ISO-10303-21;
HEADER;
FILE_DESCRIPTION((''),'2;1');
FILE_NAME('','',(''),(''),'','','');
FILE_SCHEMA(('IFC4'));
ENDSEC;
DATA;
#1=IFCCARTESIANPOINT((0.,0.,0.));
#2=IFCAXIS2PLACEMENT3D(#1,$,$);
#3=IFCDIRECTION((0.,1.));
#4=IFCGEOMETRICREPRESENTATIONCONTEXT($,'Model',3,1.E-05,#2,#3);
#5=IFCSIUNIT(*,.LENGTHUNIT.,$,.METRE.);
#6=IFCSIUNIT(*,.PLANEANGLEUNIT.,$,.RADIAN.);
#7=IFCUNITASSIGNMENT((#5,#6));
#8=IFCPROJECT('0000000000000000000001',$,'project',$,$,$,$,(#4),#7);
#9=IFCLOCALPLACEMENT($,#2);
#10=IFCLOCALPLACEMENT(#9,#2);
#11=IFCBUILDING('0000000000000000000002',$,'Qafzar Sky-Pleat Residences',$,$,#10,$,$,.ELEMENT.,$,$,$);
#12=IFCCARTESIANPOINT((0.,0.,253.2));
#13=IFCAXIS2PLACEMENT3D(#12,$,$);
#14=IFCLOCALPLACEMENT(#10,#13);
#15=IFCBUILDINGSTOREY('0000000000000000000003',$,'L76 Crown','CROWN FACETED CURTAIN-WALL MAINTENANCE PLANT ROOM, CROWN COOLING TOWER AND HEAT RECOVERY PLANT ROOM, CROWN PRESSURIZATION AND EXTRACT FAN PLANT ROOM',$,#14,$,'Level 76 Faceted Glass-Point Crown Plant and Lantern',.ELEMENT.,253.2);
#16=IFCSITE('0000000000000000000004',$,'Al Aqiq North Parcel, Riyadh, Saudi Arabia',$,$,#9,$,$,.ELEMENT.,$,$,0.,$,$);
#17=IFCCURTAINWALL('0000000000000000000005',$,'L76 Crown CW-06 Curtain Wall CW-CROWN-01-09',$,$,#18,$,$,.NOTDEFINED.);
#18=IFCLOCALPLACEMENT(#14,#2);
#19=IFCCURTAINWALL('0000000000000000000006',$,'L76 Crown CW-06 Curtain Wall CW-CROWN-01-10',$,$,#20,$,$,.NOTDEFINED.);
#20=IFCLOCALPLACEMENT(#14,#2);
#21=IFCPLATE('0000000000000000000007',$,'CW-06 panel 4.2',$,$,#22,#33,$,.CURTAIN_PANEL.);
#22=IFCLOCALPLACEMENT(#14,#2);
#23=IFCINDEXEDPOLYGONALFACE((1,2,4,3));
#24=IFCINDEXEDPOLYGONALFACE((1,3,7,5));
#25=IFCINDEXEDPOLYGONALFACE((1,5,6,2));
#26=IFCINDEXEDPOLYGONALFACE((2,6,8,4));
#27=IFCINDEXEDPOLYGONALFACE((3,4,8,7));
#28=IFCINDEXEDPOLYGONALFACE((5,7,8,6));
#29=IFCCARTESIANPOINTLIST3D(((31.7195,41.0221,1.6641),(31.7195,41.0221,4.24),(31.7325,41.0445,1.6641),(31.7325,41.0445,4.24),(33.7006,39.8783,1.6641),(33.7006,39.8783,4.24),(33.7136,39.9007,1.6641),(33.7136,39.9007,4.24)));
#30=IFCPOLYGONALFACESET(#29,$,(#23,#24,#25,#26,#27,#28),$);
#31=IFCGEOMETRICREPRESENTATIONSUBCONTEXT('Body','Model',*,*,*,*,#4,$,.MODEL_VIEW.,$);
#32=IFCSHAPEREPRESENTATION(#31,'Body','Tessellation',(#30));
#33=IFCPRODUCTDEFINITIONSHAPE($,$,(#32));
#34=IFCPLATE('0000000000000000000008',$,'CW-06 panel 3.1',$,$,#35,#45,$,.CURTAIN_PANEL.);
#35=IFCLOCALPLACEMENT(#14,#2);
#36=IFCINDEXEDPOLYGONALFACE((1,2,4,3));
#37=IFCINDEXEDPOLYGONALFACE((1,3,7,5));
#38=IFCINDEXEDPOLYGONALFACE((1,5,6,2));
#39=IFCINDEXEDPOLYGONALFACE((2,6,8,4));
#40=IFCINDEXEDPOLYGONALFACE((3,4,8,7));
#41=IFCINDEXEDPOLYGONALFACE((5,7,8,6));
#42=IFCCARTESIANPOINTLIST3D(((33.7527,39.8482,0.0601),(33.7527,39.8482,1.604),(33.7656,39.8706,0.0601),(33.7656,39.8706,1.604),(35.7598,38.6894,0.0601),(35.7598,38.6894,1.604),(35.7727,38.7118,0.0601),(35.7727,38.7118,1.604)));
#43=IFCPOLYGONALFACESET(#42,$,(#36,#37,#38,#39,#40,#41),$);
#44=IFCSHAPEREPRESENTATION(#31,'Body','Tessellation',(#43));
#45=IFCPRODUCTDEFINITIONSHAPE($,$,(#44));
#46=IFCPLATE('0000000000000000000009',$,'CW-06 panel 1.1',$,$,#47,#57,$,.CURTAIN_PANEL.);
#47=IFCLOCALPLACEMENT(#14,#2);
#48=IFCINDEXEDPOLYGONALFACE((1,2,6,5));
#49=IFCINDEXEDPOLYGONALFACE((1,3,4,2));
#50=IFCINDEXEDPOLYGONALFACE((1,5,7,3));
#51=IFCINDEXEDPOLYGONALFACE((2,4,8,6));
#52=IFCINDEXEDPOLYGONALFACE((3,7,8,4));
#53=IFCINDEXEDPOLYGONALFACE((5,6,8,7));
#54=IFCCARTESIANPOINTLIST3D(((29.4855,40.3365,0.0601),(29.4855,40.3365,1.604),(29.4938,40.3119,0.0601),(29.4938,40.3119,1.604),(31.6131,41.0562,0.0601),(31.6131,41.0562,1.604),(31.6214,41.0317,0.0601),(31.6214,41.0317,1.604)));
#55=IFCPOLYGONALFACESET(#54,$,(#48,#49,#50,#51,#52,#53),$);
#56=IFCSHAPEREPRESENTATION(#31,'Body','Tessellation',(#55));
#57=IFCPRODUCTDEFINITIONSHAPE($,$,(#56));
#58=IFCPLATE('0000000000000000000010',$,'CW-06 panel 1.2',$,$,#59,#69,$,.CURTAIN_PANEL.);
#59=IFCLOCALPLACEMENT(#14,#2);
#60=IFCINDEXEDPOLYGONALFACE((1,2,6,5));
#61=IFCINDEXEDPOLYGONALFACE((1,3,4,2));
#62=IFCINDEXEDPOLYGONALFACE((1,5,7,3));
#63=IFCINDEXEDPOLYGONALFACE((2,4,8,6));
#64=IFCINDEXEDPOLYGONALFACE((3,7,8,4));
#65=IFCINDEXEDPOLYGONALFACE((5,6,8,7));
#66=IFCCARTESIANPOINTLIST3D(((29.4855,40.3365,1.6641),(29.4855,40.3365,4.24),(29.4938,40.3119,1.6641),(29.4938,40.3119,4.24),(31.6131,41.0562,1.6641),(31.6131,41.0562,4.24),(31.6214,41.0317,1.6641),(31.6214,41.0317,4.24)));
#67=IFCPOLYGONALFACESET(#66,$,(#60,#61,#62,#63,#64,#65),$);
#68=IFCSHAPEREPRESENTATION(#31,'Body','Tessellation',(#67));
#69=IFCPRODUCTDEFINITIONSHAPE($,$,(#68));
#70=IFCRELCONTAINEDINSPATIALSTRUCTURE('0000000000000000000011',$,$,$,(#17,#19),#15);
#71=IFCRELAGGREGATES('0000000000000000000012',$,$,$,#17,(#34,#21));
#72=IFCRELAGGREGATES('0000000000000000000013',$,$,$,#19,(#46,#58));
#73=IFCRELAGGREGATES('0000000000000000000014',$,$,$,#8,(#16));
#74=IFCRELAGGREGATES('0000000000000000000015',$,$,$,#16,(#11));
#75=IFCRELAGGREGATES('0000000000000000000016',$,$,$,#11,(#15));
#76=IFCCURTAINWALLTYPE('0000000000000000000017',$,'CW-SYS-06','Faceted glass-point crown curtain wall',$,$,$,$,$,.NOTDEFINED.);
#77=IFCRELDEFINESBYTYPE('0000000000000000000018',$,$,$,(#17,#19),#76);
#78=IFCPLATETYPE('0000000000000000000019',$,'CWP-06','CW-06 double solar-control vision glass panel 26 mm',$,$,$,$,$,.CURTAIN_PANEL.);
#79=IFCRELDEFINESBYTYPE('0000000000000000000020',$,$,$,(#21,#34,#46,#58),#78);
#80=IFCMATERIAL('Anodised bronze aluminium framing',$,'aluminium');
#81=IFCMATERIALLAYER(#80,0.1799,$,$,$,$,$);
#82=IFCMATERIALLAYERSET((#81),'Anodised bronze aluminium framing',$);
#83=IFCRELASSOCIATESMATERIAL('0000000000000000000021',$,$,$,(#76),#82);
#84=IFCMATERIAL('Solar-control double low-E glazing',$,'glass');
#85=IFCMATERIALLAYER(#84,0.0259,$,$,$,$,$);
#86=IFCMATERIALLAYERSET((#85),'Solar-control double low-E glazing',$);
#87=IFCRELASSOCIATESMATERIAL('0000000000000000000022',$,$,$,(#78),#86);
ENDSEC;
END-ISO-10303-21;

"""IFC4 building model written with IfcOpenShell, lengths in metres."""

from ifc_helpers import new_model, si_unit, direction, frame, origin, origin_2d, place, context, subcontext, project, spatial, rectangle, extrude, source, transform, mapped, material, layer, layer_set, type_object, element, aggregate, save


model = new_model("IFC4")

# Units and contexts
model_context = context("Model", 3, precision=1e-05, world=origin(), true_north=direction((0.0, 1.0)))
body_context = subcontext(model_context, "Body", "Model", "MODEL_VIEW")
ifc_project = project(units=[si_unit("LENGTHUNIT", "METRE"), si_unit("PLANEANGLEUNIT", "RADIAN")], contexts=[model_context])

# Site, building, storey
site_placement = place(None, origin())
site = spatial("IfcSite", under=ifc_project, at=site_placement, Name="Al Aqiq North Parcel, Riyadh, Saudi Arabia", CompositionType="ELEMENT", RefElevation=0.0)
building_placement = place(site_placement, origin())
building = spatial("IfcBuilding", under=site, at=building_placement, Name="Qafzar Sky-Pleat Residences", CompositionType="ELEMENT")
storey_placement = place(building_placement, frame((0.0, 0.0, 253.2)))
storey = spatial("IfcBuildingStorey", under=building, at=storey_placement, Name="L76 Crown", Description="CROWN FACETED CURTAIN-WALL MAINTENANCE PLANT ROOM, CROWN COOLING TOWER AND HEAT RECOVERY PLANT ROOM, CROWN PRESSURIZATION AND EXTRACT FAN PLANT ROOM", LongName="Level 76 Faceted Glass-Point Crown Plant and Lantern", CompositionType="ELEMENT", Elevation=253.2)

# Curtain walls
ifc_material_1 = material(Name="Anodised bronze aluminium framing", Category="aluminium")
ifc_layer_1 = layer(ifc_material_1, 0.1799)
ifc_layer_set_1 = layer_set([ifc_layer_1], Name="Anodised bronze aluminium framing")
curtain_wall_type = type_object("IfcCurtainWallType", Name="CW-SYS-06", Description="Faceted glass-point crown curtain wall", PredefinedType="NOTDEFINED", material=ifc_layer_set_1)
curtain_wall_1_placement = place(storey_placement, origin())
curtain_wall_1 = element("IfcCurtainWall", 1, at=curtain_wall_1_placement, inside=storey, type_object=curtain_wall_type, Name="L76 Crown CW-06 Curtain Wall CW-CROWN-01-09", PredefinedType="NOTDEFINED")
curtain_wall_2_placement = place(storey_placement, origin())
curtain_wall_2 = element("IfcCurtainWall", 2, at=curtain_wall_2_placement, inside=storey, type_object=curtain_wall_type, Name="L76 Crown CW-06 Curtain Wall CW-CROWN-01-10", PredefinedType="NOTDEFINED")

# Plates
ifc_material_2 = material(Name="Solar-control double low-E glazing", Category="glass")
ifc_layer_2 = layer(ifc_material_2, 0.0259)
ifc_layer_set_2 = layer_set([ifc_layer_2], Name="Solar-control double low-E glazing")
plate_type_1 = type_object("IfcPlateType", Name="CWP-06", Description="CW-06 double solar-control vision glass panel 26 mm", PredefinedType="CURTAIN_PANEL", material=ifc_layer_set_2)
shared_shape_1 = source(origin(), body_context, "Body", "SweptSolid", [
    extrude(rectangle(XDim=2.2876, YDim=0.0259, at=origin_2d()), origin(), (0.0, 0.0, 1.0), 2.5759),
])
plate_1_placement = place(storey_placement, frame((32.7166, 40.4614, 1.6641), z_axis=(0.0, 0.0, 1.0), x_axis=(-0.866023, 0.500003, 0.0)))
plate_1 = element("IfcPlate", 3, at=plate_1_placement, type_object=plate_type_1, Name="CW-06 panel 4.2", PredefinedType="CURTAIN_PANEL", context=body_context, shape_type="MappedRepresentation", body=[
    mapped(shared_shape_1, transform((0.0, 0.0, 0.0), x_axis=(1.0, 0.0, 0.0), y_axis=(0.0, 1.0, 0.0), z_axis=(0.0, 0.0, 1.0), scale=1.0)),
])
shared_shape_2 = source(origin(), body_context, "Body", "SweptSolid", [
    extrude(rectangle(XDim=2.3176, YDim=0.0259, at=origin_2d()), origin(), (0.0, 0.0, 1.0), 1.5439),
])
plate_2_placement = place(storey_placement, frame((34.7627, 39.28, 0.0601), z_axis=(0.0, 0.0, 1.0), x_axis=(-0.866023, 0.500003, 0.0)))
plate_2 = element("IfcPlate", 4, at=plate_2_placement, type_object=plate_type_1, Name="CW-06 panel 3.1", PredefinedType="CURTAIN_PANEL", context=body_context, shape_type="MappedRepresentation", body=[
    mapped(shared_shape_2, transform((0.0, 0.0, 0.0), x_axis=(1.0, 0.0, 0.0), y_axis=(0.0, 1.0, 0.0), z_axis=(0.0, 0.0, 1.0), scale=1.0)),
])
aggregate(curtain_wall_1, [plate_2, plate_1])
shared_shape_3 = source(origin(), body_context, "Body", "SweptSolid", [
    extrude(rectangle(XDim=2.2461, YDim=0.0259, at=origin_2d()), origin(), (0.0, 0.0, 1.0), 1.5439),
])
plate_3_placement = place(storey_placement, frame((30.5535, 40.6841, 0.0601), z_axis=(0.0, 0.0, 1.0), x_axis=(-0.947264, -0.320454, 0.0)))
plate_3 = element("IfcPlate", 5, at=plate_3_placement, type_object=plate_type_1, Name="CW-06 panel 1.1", PredefinedType="CURTAIN_PANEL", context=body_context, shape_type="MappedRepresentation", body=[
    mapped(shared_shape_3, transform((0.0, 0.0, 0.0), x_axis=(1.0, 0.0, 0.0), y_axis=(0.0, 1.0, 0.0), z_axis=(0.0, 0.0, 1.0), scale=1.0)),
])
shared_shape_4 = source(origin(), body_context, "Body", "SweptSolid", [
    extrude(rectangle(XDim=2.2461, YDim=0.0259, at=origin_2d()), origin(), (0.0, 0.0, 1.0), 2.5759),
])
plate_4_placement = place(storey_placement, frame((30.5535, 40.6841, 1.6641), z_axis=(0.0, 0.0, 1.0), x_axis=(-0.947264, -0.320454, 0.0)))
plate_4 = element("IfcPlate", 6, at=plate_4_placement, type_object=plate_type_1, Name="CW-06 panel 1.2", PredefinedType="CURTAIN_PANEL", context=body_context, shape_type="MappedRepresentation", body=[
    mapped(shared_shape_4, transform((0.0, 0.0, 0.0), x_axis=(1.0, 0.0, 0.0), y_axis=(0.0, 1.0, 0.0), z_axis=(0.0, 0.0, 1.0), scale=1.0)),
])
aggregate(curtain_wall_2, [plate_3, plate_4])

save(model, "model.ifc")
